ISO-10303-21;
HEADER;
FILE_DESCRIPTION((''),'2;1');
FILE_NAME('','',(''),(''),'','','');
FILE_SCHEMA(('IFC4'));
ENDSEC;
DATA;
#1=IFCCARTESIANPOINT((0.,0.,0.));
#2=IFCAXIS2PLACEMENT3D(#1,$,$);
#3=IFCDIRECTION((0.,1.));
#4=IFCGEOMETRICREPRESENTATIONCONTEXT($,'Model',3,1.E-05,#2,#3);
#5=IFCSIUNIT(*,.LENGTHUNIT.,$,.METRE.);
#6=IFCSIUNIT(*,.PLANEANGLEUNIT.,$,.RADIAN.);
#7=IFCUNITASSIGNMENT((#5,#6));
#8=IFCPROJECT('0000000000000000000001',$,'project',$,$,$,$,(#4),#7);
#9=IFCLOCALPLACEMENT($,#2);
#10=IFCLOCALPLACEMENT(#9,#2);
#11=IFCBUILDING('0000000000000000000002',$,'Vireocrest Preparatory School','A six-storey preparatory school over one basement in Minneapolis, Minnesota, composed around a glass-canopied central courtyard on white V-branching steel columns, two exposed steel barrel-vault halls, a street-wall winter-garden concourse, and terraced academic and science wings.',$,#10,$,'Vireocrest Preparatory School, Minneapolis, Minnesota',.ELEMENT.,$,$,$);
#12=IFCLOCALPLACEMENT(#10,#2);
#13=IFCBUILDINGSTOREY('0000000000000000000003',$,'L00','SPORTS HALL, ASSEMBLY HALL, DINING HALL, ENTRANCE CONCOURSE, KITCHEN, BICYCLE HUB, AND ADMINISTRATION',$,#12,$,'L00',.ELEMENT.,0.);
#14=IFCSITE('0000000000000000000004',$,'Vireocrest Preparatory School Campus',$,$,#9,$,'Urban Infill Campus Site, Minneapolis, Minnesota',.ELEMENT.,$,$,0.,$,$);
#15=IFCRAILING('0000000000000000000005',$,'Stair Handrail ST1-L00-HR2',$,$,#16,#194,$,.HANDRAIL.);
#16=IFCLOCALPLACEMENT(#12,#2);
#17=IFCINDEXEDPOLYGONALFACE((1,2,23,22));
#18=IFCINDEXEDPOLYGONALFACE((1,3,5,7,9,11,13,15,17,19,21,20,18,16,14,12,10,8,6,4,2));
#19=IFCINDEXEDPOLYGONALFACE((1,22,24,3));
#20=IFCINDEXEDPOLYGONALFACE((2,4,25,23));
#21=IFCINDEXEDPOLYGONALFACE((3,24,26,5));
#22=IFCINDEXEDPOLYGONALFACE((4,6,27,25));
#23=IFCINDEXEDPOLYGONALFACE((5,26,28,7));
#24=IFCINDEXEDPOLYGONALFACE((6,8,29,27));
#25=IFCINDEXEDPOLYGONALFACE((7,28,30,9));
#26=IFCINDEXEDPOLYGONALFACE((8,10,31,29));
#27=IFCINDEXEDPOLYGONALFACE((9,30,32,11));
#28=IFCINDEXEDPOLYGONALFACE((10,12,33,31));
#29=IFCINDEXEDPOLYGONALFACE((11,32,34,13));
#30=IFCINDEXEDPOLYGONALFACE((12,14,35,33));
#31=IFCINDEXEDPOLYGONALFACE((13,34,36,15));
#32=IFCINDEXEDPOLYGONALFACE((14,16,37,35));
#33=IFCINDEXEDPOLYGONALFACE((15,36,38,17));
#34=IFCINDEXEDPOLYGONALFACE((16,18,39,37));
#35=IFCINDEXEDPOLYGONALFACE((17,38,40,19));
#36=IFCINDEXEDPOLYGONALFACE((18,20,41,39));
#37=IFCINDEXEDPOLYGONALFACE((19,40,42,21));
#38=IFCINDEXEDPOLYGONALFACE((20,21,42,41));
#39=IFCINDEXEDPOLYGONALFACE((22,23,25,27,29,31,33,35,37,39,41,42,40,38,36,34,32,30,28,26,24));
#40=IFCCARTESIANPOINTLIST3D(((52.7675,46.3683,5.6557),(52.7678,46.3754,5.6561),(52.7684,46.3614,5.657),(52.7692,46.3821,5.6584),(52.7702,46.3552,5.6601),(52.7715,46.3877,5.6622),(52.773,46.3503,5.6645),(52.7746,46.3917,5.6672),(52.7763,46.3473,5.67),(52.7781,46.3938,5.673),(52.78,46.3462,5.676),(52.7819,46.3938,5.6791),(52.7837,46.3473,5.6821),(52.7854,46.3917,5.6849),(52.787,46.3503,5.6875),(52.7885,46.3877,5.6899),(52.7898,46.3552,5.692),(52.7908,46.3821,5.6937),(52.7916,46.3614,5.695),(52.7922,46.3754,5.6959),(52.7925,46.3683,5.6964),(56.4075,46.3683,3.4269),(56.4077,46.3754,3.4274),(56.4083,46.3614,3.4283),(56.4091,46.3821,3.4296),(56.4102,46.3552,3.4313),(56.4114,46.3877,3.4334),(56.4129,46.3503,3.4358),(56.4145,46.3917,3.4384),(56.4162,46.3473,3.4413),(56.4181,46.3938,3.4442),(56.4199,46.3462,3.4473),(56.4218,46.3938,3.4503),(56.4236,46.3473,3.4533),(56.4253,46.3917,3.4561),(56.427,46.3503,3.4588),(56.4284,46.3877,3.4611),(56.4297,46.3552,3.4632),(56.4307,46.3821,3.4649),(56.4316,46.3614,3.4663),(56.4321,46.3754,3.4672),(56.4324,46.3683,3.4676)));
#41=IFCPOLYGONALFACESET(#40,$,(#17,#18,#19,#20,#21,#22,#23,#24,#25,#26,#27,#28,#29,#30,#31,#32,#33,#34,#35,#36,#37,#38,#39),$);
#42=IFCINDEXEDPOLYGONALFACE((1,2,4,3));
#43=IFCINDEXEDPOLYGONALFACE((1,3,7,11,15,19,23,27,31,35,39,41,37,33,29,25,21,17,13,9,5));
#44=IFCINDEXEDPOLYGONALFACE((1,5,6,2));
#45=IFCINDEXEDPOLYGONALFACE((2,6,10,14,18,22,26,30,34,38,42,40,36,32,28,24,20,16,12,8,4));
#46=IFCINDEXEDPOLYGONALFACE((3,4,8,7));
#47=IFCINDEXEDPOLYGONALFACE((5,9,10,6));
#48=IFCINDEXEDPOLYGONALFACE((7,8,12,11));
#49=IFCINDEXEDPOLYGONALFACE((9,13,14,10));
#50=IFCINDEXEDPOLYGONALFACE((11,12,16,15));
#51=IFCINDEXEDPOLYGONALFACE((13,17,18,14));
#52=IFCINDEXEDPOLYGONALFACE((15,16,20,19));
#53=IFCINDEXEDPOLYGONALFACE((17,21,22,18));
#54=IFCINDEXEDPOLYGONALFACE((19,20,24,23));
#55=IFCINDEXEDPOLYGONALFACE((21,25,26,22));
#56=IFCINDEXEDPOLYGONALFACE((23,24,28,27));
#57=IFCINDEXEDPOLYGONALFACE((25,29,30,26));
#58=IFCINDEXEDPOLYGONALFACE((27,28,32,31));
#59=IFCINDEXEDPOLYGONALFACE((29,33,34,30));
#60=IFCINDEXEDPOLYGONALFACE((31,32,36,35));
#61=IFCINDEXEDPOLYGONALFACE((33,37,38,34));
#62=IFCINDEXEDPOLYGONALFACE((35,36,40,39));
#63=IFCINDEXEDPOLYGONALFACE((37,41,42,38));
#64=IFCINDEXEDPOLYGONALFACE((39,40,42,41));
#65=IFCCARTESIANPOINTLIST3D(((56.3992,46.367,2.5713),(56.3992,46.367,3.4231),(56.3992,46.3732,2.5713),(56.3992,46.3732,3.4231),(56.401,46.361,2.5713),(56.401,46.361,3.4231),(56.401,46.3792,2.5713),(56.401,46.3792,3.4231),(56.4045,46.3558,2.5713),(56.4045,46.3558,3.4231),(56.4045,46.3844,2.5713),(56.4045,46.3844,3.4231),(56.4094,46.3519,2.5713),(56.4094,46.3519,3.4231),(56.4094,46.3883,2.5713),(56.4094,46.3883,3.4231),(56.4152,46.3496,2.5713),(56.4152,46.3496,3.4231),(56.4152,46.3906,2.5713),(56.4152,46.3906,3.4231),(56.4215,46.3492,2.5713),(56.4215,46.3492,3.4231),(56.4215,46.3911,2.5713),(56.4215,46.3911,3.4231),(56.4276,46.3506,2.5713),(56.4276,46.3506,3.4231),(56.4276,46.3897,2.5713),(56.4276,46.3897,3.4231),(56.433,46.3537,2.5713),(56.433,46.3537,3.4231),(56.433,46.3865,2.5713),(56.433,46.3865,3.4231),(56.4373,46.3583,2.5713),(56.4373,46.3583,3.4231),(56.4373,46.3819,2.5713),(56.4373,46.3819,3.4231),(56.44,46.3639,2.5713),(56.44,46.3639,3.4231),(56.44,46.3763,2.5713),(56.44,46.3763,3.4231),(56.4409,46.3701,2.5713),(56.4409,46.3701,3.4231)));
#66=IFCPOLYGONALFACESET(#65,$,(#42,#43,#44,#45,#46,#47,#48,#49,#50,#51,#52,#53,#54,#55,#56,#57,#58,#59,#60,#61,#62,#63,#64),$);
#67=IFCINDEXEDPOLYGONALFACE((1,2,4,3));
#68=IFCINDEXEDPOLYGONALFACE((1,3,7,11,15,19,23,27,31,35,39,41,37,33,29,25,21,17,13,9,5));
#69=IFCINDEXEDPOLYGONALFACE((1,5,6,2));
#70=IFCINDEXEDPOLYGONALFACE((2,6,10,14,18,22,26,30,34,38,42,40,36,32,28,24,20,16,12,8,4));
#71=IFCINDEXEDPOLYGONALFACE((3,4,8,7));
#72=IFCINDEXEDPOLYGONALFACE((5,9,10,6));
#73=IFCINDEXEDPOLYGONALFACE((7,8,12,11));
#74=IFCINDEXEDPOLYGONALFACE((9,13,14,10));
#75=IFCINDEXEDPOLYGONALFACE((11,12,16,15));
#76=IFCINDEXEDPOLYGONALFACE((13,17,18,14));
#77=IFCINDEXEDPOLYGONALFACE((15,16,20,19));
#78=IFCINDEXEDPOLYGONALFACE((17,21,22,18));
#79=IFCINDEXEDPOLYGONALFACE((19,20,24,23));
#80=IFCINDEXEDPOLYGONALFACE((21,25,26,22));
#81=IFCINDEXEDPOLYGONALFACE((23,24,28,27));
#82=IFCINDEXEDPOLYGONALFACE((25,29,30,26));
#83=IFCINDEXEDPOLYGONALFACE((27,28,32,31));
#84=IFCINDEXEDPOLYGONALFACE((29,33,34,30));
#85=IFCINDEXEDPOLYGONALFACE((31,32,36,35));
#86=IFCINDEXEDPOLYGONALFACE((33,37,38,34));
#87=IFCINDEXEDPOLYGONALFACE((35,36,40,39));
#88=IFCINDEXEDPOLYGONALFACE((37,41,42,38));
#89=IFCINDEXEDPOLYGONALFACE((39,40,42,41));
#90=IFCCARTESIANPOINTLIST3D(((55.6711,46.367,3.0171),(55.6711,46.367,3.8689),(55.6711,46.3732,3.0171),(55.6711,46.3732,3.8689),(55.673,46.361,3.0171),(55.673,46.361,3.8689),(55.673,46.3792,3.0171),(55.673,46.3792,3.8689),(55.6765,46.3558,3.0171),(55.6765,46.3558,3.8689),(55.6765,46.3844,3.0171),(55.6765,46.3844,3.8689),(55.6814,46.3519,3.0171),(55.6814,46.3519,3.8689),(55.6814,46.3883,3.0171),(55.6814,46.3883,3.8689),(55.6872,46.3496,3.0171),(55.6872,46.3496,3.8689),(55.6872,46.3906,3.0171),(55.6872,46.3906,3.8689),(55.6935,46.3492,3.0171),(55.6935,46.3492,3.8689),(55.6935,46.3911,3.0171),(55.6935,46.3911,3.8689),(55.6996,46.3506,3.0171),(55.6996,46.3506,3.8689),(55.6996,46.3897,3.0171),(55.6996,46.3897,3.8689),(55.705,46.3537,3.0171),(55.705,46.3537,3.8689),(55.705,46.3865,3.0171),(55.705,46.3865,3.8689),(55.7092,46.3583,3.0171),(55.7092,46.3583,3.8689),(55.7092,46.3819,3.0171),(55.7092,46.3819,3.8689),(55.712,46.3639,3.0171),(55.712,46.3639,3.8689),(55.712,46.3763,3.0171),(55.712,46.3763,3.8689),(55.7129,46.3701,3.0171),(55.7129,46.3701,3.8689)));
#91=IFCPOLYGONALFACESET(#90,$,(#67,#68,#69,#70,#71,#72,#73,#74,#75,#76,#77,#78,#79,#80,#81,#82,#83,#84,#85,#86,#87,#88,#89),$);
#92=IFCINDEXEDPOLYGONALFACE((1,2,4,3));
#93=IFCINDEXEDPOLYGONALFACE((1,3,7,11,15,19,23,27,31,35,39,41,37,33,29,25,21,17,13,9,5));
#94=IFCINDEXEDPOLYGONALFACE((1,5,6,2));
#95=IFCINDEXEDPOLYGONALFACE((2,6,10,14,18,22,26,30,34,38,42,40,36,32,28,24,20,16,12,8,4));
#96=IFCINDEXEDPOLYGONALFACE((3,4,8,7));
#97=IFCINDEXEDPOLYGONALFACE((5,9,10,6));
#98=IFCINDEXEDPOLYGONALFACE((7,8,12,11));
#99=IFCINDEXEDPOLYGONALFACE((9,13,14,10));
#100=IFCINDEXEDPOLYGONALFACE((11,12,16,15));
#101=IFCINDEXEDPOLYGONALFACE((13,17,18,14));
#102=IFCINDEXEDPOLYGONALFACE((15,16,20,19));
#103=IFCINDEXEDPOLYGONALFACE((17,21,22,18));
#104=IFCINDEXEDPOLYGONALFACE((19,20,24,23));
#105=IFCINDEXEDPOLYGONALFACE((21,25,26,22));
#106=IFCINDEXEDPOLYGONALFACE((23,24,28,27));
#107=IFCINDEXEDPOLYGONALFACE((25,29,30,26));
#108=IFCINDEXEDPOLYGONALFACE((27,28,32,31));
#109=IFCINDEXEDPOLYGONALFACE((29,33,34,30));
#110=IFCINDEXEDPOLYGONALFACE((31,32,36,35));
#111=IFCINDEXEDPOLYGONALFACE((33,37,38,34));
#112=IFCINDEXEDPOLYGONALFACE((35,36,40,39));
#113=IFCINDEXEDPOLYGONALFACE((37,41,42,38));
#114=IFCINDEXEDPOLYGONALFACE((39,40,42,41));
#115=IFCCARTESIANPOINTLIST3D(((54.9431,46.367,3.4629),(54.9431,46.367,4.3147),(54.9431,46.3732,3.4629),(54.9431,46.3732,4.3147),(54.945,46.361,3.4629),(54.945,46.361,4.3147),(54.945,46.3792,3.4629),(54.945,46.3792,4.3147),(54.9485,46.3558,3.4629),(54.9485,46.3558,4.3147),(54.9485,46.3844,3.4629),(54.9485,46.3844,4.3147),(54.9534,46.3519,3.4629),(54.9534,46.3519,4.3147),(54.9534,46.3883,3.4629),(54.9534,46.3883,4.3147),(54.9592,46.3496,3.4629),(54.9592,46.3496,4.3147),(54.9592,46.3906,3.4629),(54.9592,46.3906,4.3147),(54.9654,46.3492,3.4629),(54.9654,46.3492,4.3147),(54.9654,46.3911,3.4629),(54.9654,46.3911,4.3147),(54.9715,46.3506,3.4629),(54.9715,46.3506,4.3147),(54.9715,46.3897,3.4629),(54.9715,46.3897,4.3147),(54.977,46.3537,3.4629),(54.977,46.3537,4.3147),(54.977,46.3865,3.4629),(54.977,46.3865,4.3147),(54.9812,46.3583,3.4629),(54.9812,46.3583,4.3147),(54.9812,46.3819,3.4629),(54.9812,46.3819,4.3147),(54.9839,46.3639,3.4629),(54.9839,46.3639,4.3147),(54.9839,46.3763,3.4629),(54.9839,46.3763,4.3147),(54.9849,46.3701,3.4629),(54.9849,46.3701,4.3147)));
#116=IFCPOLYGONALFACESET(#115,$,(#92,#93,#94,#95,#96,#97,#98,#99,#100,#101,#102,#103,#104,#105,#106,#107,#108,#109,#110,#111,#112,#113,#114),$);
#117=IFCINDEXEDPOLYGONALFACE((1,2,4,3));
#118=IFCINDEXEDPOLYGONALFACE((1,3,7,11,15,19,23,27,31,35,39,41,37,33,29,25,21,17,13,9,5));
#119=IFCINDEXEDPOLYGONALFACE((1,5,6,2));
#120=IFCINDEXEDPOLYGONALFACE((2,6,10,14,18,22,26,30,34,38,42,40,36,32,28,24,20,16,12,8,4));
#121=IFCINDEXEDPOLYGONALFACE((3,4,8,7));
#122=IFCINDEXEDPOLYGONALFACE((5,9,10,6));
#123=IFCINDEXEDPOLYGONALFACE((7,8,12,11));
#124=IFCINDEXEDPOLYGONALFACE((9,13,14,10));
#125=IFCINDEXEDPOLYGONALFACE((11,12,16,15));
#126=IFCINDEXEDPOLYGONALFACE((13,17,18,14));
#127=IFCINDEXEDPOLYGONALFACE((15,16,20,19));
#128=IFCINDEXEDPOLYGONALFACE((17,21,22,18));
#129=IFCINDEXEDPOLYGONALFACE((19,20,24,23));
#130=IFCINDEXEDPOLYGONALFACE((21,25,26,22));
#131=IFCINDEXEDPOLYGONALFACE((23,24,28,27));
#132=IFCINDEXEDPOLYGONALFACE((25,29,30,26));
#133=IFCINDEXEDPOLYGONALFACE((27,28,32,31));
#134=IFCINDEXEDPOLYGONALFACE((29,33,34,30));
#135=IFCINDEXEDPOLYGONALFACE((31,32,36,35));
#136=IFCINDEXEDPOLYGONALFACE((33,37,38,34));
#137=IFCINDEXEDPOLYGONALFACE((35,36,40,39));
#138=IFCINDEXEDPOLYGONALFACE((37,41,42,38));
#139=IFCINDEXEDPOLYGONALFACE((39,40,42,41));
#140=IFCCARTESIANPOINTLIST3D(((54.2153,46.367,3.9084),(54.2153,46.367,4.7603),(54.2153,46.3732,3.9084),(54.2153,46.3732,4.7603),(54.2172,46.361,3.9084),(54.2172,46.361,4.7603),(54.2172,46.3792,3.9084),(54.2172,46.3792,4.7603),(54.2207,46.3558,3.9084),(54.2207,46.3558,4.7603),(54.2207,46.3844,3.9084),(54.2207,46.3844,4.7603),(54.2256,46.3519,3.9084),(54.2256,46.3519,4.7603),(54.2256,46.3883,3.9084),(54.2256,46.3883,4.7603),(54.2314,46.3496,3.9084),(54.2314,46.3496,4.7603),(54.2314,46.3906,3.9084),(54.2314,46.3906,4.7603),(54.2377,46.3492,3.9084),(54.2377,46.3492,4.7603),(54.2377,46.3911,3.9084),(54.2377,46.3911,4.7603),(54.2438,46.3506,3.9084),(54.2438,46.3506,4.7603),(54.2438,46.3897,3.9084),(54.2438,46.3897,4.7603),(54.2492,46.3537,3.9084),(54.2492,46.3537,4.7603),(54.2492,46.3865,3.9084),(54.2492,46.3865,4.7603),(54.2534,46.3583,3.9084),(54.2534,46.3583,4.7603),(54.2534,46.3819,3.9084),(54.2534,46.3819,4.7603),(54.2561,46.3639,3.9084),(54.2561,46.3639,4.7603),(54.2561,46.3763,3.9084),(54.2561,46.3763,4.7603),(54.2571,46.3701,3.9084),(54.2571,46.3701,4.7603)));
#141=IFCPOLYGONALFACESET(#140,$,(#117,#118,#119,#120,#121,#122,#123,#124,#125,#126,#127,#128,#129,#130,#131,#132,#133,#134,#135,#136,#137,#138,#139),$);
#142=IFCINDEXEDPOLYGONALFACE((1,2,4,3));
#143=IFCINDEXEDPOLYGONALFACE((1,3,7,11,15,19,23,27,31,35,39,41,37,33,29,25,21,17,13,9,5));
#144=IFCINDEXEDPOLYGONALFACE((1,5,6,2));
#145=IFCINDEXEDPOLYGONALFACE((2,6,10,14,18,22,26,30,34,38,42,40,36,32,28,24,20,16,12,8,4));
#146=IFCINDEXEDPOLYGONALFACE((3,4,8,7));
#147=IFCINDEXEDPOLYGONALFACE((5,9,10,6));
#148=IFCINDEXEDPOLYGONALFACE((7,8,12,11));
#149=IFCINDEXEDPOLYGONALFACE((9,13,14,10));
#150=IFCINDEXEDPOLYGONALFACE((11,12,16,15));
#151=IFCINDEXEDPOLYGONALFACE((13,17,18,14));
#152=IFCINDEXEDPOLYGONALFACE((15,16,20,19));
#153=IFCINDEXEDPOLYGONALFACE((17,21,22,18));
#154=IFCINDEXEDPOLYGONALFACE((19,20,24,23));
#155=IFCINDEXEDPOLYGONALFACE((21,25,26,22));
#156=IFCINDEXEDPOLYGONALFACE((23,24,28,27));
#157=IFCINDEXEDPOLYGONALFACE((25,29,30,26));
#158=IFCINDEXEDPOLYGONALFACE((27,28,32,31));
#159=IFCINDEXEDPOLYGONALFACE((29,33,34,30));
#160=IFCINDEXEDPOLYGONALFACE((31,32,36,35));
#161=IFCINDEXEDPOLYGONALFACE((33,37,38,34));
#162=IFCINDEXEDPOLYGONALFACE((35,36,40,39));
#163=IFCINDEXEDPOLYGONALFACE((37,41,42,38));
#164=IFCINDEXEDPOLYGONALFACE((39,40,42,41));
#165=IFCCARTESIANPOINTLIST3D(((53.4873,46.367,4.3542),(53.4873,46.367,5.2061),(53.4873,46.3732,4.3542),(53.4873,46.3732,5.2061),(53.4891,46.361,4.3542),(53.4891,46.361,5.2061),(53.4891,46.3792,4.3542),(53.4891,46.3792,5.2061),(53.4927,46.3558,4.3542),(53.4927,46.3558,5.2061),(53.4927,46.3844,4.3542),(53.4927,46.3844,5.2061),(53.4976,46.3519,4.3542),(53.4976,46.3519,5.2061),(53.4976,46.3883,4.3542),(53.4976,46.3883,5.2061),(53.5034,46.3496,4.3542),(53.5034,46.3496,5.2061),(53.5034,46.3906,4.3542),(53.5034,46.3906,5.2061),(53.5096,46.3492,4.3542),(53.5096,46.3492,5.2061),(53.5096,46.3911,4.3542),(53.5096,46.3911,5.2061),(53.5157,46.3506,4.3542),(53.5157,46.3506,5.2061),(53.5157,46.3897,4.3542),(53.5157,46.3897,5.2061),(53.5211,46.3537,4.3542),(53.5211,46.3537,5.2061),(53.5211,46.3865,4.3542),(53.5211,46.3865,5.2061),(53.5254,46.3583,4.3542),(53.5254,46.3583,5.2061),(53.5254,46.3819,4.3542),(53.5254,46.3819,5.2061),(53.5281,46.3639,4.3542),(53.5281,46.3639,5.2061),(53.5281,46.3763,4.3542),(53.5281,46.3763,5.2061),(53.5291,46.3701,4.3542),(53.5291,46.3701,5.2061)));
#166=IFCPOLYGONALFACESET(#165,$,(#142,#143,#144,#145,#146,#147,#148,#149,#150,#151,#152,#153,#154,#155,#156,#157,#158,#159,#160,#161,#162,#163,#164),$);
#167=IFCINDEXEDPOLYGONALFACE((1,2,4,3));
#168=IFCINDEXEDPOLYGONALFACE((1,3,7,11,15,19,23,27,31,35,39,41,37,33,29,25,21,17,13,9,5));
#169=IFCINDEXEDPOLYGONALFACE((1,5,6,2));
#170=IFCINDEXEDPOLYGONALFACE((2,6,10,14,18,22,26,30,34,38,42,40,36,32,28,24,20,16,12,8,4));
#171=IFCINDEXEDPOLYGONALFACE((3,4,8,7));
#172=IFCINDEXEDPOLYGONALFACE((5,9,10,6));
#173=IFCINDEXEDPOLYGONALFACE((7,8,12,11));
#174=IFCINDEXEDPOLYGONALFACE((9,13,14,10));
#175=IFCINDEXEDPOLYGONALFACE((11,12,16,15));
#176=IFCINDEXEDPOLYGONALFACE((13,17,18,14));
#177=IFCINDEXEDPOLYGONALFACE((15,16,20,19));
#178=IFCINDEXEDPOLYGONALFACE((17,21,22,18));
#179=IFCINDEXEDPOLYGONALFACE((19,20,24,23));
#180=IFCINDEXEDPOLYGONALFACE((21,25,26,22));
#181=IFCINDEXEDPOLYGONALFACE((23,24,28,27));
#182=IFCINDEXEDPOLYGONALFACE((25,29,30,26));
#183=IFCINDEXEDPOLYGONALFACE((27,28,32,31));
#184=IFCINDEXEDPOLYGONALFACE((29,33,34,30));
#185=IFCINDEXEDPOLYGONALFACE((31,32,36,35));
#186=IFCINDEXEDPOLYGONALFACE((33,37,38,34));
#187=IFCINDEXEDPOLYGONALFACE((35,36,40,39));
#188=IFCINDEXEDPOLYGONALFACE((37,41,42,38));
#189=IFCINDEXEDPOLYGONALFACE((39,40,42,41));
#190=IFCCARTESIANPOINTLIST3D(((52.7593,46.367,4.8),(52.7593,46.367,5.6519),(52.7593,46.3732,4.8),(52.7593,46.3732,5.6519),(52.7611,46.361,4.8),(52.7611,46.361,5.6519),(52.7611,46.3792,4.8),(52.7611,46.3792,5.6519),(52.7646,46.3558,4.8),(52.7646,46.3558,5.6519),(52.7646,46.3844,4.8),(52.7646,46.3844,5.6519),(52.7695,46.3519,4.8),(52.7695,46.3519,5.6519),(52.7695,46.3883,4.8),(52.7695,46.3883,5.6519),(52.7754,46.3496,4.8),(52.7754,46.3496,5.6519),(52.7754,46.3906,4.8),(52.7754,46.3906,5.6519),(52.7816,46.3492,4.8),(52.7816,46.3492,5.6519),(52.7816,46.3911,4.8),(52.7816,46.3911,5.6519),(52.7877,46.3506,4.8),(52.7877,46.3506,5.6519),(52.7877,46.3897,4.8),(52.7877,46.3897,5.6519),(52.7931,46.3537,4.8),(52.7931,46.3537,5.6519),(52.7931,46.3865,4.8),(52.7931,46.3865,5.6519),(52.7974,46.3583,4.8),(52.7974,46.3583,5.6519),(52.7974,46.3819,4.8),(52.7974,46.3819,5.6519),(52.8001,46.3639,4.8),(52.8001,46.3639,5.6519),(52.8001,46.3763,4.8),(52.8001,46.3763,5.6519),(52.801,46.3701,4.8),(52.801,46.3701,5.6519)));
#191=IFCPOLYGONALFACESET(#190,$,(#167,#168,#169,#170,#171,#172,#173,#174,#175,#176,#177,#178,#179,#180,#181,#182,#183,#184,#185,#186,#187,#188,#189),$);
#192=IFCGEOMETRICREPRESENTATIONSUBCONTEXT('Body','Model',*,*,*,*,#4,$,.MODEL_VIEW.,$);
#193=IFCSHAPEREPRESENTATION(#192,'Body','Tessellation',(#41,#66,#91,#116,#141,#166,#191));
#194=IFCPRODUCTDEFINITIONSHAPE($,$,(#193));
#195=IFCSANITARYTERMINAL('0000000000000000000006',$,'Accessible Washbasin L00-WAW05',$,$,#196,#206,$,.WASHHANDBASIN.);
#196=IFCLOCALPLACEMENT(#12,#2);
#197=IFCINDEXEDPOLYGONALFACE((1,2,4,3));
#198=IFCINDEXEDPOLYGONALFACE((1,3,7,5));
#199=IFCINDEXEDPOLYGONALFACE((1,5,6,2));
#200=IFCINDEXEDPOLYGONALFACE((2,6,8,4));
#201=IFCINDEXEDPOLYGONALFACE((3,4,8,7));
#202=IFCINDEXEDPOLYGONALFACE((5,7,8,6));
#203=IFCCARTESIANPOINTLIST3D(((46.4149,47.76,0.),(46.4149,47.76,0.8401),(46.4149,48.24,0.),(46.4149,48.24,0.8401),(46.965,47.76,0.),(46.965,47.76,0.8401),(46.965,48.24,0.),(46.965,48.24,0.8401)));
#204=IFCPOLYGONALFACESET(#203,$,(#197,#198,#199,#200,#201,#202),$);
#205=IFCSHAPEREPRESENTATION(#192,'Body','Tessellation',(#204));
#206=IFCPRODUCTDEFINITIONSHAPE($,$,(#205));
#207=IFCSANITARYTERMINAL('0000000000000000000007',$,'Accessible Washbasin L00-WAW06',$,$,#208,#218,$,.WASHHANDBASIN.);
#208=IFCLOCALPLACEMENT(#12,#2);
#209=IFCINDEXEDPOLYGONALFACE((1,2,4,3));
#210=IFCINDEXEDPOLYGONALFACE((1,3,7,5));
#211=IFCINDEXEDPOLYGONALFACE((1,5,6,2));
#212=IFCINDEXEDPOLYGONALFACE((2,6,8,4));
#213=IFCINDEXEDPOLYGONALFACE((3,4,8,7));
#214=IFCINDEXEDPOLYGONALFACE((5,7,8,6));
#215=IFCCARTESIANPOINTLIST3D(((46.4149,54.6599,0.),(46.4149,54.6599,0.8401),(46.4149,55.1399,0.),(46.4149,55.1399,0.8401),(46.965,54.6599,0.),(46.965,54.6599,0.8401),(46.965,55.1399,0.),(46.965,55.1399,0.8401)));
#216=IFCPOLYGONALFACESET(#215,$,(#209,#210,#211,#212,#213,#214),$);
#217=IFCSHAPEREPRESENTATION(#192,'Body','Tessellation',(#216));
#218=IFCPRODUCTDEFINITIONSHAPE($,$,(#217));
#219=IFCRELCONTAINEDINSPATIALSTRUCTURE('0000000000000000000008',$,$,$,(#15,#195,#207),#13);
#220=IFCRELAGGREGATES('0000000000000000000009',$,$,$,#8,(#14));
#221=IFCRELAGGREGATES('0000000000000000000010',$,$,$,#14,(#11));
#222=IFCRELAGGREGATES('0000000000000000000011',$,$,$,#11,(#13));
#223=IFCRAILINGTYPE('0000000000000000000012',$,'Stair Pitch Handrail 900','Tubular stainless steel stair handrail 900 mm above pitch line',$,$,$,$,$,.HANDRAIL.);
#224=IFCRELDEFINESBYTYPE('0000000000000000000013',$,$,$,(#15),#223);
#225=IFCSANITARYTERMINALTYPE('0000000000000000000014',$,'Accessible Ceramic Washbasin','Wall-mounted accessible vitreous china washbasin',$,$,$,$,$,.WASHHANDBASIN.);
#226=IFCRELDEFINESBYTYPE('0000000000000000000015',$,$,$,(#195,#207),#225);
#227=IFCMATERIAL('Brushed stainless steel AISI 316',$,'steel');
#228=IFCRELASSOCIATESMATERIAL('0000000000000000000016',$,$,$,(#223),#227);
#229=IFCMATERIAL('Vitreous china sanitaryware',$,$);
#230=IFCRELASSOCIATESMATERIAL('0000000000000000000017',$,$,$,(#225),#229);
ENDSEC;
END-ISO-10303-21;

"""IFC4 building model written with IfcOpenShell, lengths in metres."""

from ifc_helpers import new_model, si_unit, direction, frame, origin, origin_2d, place, context, subcontext, project, spatial, rectangle, circle, extrude, material, type_object, element, save


model = new_model("IFC4")

# Units and contexts
model_context = context("Model", 3, precision=1e-05, world=origin(), true_north=direction((0.0, 1.0)))
body_context = subcontext(model_context, "Body", "Model", "MODEL_VIEW")
ifc_project = project(units=[si_unit("LENGTHUNIT", "METRE"), si_unit("PLANEANGLEUNIT", "RADIAN")], contexts=[model_context])

# Site, building, storey
site_placement = place(None, origin())
site = spatial("IfcSite", under=ifc_project, at=site_placement, Name="Vireocrest Preparatory School Campus", LongName="Urban Infill Campus Site, Minneapolis, Minnesota", CompositionType="ELEMENT", RefElevation=0.0)
building_placement = place(site_placement, origin())
building = spatial("IfcBuilding", under=site, at=building_placement, Name="Vireocrest Preparatory School", Description="A six-storey preparatory school over one basement in Minneapolis, Minnesota, composed around a glass-canopied central courtyard on white V-branching steel columns, two exposed steel barrel-vault halls, a street-wall winter-garden concourse, and terraced academic and science wings.", LongName="Vireocrest Preparatory School, Minneapolis, Minnesota", CompositionType="ELEMENT")
storey_placement = place(building_placement, origin())
storey = spatial("IfcBuildingStorey", under=building, at=storey_placement, Name="L00", Description="SPORTS HALL, ASSEMBLY HALL, DINING HALL, ENTRANCE CONCOURSE, KITCHEN, BICYCLE HUB, AND ADMINISTRATION", LongName="L00", CompositionType="ELEMENT", Elevation=0.0)

# Railing
ifc_material_1 = material(Name="Brushed stainless steel AISI 316", Category="steel")
railing_type_1 = type_object("IfcRailingType", Name="Stair Pitch Handrail 900", Description="Tubular stainless steel stair handrail 900 mm above pitch line", PredefinedType="HANDRAIL", material=ifc_material_1)
railing_1_placement = place(storey_placement, frame((56.4199, 46.3701, 2.5713)))
element("IfcRailing", 1, at=railing_1_placement, inside=storey, type_object=railing_type_1, Name="Stair Handrail ST1-L00-HR2", PredefinedType="HANDRAIL", context=body_context, shape_type="SweptSolid", body=[
    extrude(circle(Radius=0.0239, at=origin_2d()), frame((0.0, 0.0, 0.876), z_axis=(-0.852825, 0.0, 0.522197), x_axis=(0.0, -1.0, 0.0)), (0.0, 0.0, 1.0), 4.2681),
    extrude(circle(Radius=0.021, at=origin_2d()), origin(), (0.0, 0.0, 1.0), 0.8518),
    extrude(circle(Radius=0.021, at=origin_2d()), frame((-0.728, 0.0, 0.4458)), (0.0, 0.0, 1.0), 0.8518),
    extrude(circle(Radius=0.021, at=origin_2d()), frame((-1.4561, 0.0, 0.8916)), (0.0, 0.0, 1.0), 0.8518),
    extrude(circle(Radius=0.021, at=origin_2d()), frame((-2.1838, 0.0, 1.3372)), (0.0, 0.0, 1.0), 0.8518),
    extrude(circle(Radius=0.021, at=origin_2d()), frame((-2.9119, 0.0, 1.783)), (0.0, 0.0, 1.0), 0.8518),
    extrude(circle(Radius=0.021, at=origin_2d()), frame((-3.6399, 0.0, 2.2288)), (0.0, 0.0, 1.0), 0.8518),
])

# Sanitary terminals
ifc_material_2 = material(Name="Vitreous china sanitaryware")
sanitary_terminal_type_1 = type_object("IfcSanitaryTerminalType", Name="Accessible Ceramic Washbasin", Description="Wall-mounted accessible vitreous china washbasin", PredefinedType="WASHHANDBASIN", material=ifc_material_2)
for number, where, z_axis, x_axis, name in (
    (2, (46.6899, 48.0, 0.0), (0.0, 0.0, 1.0), (1.0, 0.0, 0.0), "Accessible Washbasin L00-WAW05"),
    (3, (46.6899, 54.8999, 0.0), (0.0, 0.0, 1.0), (1.0, 0.0, 0.0), "Accessible Washbasin L00-WAW06"),
):
    element("IfcSanitaryTerminal", number, at=place(storey_placement, frame(where, z_axis=z_axis, x_axis=x_axis)), inside=storey, type_object=sanitary_terminal_type_1, Name=name, PredefinedType="WASHHANDBASIN", context=body_context, shape_type="SweptSolid", body=[
        extrude(rectangle(XDim=0.55, YDim=0.48, at=origin_2d()), origin(), (0.0, 0.0, 1.0), 0.8401),
    ])

save(model, "model.ifc")
